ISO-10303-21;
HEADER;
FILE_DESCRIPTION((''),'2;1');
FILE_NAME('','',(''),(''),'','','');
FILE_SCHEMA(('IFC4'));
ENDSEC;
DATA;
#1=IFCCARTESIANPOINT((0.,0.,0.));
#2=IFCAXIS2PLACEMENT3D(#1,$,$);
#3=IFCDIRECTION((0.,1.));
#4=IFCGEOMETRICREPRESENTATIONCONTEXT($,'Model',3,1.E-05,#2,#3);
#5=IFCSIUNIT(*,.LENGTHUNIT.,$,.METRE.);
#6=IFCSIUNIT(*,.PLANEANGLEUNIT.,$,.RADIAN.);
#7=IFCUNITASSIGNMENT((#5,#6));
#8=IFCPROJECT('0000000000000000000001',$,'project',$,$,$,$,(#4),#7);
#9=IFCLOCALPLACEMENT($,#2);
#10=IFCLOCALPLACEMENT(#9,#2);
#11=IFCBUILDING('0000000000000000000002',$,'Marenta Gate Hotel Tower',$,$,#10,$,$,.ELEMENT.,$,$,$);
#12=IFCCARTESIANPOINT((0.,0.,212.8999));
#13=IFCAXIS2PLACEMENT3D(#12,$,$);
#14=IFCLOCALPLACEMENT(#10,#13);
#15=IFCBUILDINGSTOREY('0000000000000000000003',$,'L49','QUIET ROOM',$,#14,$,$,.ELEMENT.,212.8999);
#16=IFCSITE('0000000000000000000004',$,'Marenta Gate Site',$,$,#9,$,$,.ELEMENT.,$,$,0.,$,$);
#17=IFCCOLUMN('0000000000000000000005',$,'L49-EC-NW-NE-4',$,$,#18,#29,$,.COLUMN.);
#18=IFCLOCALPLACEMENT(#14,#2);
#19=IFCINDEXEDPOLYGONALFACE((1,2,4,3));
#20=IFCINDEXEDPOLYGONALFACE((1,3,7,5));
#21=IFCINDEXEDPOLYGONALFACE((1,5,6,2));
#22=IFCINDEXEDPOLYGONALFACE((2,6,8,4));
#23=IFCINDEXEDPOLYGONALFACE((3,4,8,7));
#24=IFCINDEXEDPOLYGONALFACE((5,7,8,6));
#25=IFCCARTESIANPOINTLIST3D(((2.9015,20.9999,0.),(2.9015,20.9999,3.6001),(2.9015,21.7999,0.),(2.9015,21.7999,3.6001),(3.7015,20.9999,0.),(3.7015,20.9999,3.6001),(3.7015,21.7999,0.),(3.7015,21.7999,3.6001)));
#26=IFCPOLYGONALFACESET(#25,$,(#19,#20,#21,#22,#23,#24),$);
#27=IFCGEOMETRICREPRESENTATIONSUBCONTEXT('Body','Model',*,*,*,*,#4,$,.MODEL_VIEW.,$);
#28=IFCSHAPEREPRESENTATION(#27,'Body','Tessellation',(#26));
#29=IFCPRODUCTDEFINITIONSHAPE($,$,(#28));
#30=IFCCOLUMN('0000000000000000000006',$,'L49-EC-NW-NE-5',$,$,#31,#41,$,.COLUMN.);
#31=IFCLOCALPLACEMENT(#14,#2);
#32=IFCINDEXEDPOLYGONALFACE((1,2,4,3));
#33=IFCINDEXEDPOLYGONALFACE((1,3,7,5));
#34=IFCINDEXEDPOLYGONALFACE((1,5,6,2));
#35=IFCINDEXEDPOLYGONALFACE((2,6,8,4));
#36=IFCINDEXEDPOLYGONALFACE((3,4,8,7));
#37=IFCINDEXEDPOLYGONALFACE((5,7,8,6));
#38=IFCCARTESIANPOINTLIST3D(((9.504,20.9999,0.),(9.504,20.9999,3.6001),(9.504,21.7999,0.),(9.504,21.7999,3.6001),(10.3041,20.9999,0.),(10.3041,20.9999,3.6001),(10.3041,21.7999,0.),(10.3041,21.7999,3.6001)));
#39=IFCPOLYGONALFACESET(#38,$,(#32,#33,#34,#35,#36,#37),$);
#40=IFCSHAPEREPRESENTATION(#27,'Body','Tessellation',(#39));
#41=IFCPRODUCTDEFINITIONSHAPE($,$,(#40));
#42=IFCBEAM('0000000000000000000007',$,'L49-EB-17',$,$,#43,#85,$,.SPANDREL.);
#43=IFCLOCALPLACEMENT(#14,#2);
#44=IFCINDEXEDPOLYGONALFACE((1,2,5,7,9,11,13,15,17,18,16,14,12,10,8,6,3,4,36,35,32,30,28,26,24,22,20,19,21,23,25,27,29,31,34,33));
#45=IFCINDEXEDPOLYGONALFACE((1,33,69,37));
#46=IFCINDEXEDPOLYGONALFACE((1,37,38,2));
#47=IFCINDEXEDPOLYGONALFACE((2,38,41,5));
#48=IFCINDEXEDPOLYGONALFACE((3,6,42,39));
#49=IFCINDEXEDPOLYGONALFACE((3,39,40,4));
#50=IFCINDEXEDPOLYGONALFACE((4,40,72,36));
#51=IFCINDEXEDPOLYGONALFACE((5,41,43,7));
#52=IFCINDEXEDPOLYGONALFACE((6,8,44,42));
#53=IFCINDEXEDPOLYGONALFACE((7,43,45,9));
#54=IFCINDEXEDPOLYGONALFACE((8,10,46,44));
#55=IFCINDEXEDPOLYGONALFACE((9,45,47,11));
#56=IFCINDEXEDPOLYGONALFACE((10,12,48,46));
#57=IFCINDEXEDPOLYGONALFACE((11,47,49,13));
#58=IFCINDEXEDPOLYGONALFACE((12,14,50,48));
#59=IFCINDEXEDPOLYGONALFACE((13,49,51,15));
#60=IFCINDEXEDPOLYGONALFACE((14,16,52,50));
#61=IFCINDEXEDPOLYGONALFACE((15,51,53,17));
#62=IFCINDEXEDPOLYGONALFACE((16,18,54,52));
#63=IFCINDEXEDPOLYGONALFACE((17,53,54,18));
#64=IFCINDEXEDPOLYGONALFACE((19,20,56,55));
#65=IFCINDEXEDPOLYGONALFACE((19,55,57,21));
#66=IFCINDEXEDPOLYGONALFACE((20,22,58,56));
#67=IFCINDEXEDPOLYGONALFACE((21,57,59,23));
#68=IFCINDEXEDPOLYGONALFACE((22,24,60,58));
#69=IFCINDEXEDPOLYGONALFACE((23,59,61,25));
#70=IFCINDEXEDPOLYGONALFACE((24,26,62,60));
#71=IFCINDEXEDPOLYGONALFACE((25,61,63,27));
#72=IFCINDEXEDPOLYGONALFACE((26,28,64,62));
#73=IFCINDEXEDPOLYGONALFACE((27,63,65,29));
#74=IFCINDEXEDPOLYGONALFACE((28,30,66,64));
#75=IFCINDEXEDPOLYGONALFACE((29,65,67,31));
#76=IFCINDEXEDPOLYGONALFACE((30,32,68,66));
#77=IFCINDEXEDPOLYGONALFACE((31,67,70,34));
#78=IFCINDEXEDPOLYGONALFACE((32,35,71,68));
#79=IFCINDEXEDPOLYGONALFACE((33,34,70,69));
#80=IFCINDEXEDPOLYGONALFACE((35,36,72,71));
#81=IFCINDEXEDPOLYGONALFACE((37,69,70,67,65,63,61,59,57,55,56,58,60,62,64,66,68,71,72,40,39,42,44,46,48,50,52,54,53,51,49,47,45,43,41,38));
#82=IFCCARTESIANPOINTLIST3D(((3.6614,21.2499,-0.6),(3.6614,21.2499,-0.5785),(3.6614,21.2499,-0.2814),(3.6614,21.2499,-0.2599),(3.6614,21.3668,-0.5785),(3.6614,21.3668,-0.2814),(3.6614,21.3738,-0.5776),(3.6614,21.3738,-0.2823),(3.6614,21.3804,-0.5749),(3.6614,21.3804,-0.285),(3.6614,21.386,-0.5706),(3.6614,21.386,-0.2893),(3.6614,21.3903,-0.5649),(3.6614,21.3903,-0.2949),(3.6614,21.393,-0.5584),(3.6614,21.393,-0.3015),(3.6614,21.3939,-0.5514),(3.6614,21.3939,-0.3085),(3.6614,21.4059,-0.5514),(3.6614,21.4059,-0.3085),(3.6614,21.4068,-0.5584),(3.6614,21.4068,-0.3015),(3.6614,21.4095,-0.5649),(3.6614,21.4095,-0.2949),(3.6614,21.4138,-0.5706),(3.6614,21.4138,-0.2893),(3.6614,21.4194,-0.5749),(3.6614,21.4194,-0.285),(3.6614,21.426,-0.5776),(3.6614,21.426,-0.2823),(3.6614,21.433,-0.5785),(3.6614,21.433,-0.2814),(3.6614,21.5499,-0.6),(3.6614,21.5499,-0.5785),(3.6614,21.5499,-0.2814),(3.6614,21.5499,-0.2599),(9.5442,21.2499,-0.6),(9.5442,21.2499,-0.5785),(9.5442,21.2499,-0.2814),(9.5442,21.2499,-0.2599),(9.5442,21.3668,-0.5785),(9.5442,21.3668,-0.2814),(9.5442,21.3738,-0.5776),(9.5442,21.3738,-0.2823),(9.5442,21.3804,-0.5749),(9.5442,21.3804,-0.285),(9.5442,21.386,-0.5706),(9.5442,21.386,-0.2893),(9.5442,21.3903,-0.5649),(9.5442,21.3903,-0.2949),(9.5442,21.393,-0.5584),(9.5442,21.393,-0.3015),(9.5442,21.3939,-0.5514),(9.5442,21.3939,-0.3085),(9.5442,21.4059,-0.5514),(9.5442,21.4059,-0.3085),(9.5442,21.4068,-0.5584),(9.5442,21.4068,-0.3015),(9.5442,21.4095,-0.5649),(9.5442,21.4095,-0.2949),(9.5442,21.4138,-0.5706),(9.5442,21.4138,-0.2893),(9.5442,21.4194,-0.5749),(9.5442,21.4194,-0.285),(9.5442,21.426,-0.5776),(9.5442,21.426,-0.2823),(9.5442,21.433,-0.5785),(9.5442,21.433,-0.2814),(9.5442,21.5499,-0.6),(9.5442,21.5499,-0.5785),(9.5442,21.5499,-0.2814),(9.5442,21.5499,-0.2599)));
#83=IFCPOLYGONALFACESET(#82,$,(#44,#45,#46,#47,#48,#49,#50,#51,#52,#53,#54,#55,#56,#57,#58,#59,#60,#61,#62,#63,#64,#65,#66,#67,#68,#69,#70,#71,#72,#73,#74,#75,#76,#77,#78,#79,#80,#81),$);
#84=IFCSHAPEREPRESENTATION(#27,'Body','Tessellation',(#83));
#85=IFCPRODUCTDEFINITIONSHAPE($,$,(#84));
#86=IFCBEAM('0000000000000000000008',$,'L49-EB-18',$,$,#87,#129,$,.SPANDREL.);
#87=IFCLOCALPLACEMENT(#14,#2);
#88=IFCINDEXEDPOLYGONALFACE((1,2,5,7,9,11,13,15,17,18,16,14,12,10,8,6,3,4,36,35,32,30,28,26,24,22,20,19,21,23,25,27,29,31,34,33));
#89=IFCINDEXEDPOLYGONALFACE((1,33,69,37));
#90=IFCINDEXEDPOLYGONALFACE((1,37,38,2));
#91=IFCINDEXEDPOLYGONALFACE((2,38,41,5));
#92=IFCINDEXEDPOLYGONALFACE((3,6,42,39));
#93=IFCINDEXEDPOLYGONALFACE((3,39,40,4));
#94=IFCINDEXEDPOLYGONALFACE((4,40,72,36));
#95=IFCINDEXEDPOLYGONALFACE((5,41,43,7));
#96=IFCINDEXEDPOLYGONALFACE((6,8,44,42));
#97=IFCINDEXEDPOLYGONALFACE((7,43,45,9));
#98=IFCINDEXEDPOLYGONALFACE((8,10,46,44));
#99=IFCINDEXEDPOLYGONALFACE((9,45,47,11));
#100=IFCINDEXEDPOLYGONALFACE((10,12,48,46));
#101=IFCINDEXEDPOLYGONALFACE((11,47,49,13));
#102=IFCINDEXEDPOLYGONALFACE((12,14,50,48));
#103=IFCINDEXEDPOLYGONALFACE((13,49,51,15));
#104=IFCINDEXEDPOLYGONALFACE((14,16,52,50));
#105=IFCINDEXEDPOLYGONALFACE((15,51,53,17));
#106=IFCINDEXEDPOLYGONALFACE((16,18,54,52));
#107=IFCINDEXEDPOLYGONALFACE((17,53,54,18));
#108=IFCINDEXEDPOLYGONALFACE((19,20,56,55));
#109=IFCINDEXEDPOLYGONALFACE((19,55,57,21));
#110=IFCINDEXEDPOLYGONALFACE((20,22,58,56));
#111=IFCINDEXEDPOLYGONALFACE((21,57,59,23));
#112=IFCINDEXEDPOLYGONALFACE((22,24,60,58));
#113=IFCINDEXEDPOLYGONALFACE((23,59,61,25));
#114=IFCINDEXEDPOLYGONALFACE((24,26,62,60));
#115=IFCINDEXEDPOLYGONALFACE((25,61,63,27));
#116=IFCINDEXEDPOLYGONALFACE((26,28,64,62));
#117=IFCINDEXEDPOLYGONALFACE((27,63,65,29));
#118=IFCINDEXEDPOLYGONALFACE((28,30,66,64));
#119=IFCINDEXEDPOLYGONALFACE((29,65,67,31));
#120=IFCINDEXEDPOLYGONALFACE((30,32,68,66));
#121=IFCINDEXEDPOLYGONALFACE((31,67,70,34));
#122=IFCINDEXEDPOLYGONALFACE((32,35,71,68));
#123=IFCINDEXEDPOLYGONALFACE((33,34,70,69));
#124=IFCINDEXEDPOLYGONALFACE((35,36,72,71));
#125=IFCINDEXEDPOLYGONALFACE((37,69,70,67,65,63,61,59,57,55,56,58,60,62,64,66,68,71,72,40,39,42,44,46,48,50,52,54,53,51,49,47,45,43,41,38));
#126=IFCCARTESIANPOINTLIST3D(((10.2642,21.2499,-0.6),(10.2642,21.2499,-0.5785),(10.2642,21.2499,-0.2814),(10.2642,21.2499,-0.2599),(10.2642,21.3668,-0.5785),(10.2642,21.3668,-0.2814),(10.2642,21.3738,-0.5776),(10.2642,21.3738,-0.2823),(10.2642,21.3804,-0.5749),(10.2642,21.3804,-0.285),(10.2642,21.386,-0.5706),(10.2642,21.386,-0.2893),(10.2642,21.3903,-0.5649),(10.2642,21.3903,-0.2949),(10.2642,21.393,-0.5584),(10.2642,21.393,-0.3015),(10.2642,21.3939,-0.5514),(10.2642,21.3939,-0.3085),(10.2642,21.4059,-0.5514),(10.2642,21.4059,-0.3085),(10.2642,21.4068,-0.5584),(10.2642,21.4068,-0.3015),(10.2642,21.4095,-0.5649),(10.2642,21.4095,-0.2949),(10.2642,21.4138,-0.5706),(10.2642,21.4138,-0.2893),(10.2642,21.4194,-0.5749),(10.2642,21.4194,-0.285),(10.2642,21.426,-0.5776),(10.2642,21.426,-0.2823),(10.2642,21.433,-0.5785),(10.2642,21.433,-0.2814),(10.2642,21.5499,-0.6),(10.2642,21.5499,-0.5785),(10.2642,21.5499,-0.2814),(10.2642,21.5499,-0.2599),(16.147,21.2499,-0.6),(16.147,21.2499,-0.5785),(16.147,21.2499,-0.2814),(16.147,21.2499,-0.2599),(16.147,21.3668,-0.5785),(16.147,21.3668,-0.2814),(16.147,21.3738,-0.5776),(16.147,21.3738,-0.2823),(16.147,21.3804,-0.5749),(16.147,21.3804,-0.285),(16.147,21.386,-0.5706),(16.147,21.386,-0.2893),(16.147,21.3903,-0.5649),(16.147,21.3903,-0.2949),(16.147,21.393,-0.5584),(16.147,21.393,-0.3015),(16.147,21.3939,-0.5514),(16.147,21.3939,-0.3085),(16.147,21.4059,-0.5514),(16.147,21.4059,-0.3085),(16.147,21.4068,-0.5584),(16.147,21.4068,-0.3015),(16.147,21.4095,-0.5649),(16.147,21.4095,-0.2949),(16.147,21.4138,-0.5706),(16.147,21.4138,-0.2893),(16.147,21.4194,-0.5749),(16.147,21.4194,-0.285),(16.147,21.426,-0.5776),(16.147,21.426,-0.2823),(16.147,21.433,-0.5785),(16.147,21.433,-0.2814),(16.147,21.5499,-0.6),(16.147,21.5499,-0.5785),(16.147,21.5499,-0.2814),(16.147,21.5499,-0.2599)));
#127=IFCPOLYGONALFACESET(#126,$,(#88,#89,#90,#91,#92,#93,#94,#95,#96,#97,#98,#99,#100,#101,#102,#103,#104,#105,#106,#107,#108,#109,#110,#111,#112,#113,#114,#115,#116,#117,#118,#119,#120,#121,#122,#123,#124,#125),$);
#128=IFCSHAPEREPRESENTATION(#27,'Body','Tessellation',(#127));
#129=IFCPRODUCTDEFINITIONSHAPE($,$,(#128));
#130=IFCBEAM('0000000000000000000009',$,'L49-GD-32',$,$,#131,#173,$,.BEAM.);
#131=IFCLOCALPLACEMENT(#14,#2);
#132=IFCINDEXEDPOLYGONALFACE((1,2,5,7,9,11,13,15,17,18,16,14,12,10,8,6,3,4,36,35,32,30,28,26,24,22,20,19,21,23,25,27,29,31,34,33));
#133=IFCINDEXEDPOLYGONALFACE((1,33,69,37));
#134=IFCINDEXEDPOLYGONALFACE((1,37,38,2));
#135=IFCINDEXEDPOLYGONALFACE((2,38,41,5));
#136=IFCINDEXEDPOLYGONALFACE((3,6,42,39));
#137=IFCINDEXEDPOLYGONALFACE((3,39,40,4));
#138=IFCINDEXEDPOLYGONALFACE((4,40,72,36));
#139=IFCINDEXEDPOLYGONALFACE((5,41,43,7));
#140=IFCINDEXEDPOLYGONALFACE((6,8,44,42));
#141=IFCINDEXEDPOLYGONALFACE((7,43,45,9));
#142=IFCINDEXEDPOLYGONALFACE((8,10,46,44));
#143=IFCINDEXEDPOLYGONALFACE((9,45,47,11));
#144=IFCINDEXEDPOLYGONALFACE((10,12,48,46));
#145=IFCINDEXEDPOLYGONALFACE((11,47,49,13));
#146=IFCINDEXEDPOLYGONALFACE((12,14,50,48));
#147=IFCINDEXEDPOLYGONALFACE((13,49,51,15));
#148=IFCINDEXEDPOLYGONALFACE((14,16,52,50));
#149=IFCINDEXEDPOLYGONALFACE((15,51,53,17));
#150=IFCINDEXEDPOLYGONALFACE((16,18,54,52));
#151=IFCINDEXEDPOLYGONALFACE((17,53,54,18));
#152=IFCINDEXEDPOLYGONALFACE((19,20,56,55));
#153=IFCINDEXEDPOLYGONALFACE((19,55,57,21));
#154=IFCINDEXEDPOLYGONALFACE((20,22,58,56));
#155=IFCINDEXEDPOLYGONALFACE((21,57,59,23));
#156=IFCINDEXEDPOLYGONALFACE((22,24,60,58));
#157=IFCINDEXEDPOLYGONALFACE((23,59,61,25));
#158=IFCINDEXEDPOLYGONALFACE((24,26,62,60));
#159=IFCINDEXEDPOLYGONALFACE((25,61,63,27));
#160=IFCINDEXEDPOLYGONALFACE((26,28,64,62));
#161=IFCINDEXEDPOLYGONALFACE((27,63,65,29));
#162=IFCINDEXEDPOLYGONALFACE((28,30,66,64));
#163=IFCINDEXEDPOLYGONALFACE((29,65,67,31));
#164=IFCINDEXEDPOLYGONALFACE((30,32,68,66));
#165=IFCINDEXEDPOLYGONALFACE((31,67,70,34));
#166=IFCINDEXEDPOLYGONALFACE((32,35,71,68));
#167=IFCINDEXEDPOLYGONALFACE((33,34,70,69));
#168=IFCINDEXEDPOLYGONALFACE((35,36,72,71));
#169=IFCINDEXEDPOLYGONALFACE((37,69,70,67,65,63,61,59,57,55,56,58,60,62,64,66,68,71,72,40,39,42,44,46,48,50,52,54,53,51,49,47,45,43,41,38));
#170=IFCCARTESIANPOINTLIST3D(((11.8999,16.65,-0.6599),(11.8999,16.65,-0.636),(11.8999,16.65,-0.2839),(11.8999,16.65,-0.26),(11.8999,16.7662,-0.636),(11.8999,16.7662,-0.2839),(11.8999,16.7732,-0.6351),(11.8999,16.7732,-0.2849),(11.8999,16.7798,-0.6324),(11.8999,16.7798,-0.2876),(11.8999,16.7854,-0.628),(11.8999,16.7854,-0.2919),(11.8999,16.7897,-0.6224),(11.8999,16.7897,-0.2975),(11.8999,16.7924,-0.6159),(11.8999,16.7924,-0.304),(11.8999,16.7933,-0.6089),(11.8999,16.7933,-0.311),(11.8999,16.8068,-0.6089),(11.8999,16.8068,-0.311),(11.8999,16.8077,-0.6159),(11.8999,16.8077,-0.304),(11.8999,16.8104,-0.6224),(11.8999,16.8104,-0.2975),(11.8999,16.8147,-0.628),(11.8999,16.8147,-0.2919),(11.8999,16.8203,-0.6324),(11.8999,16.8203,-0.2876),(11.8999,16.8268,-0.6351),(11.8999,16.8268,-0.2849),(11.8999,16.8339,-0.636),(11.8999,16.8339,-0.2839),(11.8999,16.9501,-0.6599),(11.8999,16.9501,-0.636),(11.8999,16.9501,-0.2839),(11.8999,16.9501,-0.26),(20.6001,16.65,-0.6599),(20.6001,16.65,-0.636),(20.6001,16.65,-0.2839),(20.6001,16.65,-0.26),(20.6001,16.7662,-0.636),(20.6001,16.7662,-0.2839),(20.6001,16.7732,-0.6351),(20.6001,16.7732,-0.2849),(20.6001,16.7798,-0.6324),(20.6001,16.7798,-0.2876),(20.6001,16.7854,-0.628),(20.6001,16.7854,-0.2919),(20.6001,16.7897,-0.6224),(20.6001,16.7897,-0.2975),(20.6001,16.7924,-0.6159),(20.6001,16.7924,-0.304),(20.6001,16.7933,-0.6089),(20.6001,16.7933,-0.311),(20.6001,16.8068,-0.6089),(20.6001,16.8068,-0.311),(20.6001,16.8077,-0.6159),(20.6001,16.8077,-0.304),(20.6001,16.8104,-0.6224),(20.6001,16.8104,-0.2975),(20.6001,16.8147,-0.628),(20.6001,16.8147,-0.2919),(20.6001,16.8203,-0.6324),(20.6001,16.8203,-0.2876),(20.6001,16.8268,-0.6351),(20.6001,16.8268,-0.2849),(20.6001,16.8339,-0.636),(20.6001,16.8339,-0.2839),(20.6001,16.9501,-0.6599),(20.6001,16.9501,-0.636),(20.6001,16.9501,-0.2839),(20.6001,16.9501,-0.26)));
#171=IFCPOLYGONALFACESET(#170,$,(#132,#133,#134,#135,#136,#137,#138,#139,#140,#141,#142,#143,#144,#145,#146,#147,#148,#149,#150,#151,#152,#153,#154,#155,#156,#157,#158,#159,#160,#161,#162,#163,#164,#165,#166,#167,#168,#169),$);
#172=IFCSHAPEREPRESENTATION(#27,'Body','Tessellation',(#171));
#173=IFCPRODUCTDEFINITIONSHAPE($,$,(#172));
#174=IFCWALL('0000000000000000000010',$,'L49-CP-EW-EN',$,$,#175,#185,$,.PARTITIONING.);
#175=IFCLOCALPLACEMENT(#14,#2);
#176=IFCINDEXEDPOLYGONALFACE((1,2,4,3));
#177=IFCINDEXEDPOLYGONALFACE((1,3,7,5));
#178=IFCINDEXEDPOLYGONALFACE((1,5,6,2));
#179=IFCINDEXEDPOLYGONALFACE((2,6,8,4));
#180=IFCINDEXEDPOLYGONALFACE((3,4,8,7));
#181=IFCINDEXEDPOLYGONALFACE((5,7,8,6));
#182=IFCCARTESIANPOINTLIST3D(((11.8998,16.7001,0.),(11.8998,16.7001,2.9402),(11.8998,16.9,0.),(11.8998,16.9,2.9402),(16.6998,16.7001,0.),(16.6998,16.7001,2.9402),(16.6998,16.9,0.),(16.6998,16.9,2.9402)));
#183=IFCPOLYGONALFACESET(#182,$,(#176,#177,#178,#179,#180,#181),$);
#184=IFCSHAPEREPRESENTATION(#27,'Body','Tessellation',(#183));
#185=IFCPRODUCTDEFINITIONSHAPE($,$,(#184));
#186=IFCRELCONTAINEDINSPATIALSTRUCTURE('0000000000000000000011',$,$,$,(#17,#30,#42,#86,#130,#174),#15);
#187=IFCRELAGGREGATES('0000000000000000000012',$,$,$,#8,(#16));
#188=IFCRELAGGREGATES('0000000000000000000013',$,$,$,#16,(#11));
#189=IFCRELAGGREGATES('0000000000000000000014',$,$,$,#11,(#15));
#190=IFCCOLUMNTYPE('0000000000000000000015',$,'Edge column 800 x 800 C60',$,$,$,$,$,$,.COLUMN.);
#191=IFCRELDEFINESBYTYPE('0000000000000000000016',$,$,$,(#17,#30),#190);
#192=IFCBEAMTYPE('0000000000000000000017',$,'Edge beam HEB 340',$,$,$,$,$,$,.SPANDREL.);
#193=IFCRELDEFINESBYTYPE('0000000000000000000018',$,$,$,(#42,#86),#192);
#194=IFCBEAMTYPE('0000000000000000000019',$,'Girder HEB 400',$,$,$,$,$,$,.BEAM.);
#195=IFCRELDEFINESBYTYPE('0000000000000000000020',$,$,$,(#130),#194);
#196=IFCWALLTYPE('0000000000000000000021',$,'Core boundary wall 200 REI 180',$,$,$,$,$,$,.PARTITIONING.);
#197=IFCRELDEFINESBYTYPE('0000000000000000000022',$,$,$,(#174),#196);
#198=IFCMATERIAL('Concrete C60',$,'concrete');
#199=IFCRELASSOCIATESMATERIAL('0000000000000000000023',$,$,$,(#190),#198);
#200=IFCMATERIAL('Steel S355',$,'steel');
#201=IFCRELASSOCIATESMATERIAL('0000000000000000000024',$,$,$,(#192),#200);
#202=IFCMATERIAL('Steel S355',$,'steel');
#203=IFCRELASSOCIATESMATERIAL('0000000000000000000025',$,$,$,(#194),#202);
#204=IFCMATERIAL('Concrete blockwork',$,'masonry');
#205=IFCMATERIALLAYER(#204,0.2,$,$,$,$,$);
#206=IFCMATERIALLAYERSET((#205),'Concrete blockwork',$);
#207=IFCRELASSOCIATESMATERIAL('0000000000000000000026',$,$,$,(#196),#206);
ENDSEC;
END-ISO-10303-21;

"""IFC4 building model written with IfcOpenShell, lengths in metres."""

from ifc_helpers import new_model, si_unit, direction, frame, frame_2d, origin, origin_2d, place, context, subcontext, project, spatial, rectangle, i_section, extrude, material, layer, layer_set, material_profile, profile_set, type_object, element, save


model = new_model("IFC4")

# Units and contexts
model_context = context("Model", 3, precision=1e-05, world=origin(), true_north=direction((0.0, 1.0)))
body_context = subcontext(model_context, "Body", "Model", "MODEL_VIEW")
ifc_project = project(units=[si_unit("LENGTHUNIT", "METRE"), si_unit("PLANEANGLEUNIT", "RADIAN")], contexts=[model_context])

# Site, building, storey
site_placement = place(None, origin())
site = spatial("IfcSite", under=ifc_project, at=site_placement, Name="Marenta Gate Site", CompositionType="ELEMENT", RefElevation=0.0)
building_placement = place(site_placement, origin())
building = spatial("IfcBuilding", under=site, at=building_placement, Name="Marenta Gate Hotel Tower", CompositionType="ELEMENT")
storey_placement = place(building_placement, frame((0.0, 0.0, 212.8999)))
storey = spatial("IfcBuildingStorey", under=building, at=storey_placement, Name="L49", Description="QUIET ROOM", CompositionType="ELEMENT", Elevation=212.8999)

# Columns
ifc_material_1 = material(Name="Concrete C60", Category="concrete")
ifc_material_profile_1 = material_profile(ifc_material_1, rectangle(XDim=0.8, YDim=0.8, at=origin_2d()), Name="800 x 800")
ifc_profile_set_1 = profile_set([ifc_material_profile_1], Name="Concrete C60")
column_type = type_object("IfcColumnType", Name="Edge column 800 x 800 C60", PredefinedType="COLUMN", material=ifc_profile_set_1)
for number, where, z_axis, x_axis, name in (
    (1, (3.3015, 21.3999, 0.0), (0.0, 0.0, 1.0), (1.0, 0.0, 0.0), "L49-EC-NW-NE-4"),
    (2, (9.9041, 21.3999, 0.0), (0.0, 0.0, 1.0), (1.0, 0.0, 0.0), "L49-EC-NW-NE-5"),
):
    element("IfcColumn", number, at=place(storey_placement, frame(where, z_axis=z_axis, x_axis=x_axis)), inside=storey, type_object=column_type, Name=name, PredefinedType="COLUMN", context=body_context, shape_type="SweptSolid", body=[
        extrude(rectangle(XDim=0.8, YDim=0.8, at=origin_2d()), origin(), (0.0, 0.0, 1.0), 3.6001),
    ])

# Beams
ifc_material_2 = material(Name="Steel S355", Category="steel")
ifc_material_profile_2 = material_profile(ifc_material_2, i_section(OverallWidth=0.3, OverallDepth=0.3401, WebThickness=0.012, FlangeThickness=0.0215, FilletRadius=0.0271, at=origin_2d()), Name="HEB 340")
ifc_profile_set_2 = profile_set([ifc_material_profile_2], Name="Steel S355")
beam_type_1 = type_object("IfcBeamType", Name="Edge beam HEB 340", PredefinedType="SPANDREL", material=ifc_profile_set_2)
for number, where, z_axis, x_axis, name in (
    (3, (3.6614, 21.3999, -0.4299), (1.0, 0.0, 0.0), (0.0, 1.0, 0.0), "L49-EB-17"),
    (4, (10.2642, 21.3999, -0.4299), (1.0, 0.0, 0.0), (0.0, 1.0, 0.0), "L49-EB-18"),
):
    element("IfcBeam", number, at=place(storey_placement, frame(where, z_axis=z_axis, x_axis=x_axis)), inside=storey, type_object=beam_type_1, Name=name, PredefinedType="SPANDREL", context=body_context, shape_type="SweptSolid", body=[
        extrude(i_section(OverallWidth=0.3, OverallDepth=0.3401, WebThickness=0.012, FlangeThickness=0.0215, FilletRadius=0.0271, at=origin_2d()), origin(), (0.0, 0.0, 1.0), 5.8828),
    ])
ifc_material_3 = material(Name="Steel S355", Category="steel")
ifc_material_profile_3 = material_profile(ifc_material_3, i_section(OverallWidth=0.3, OverallDepth=0.3999, WebThickness=0.0134, FlangeThickness=0.0239, FilletRadius=0.0271, at=origin_2d()), Name="HEB 400")
ifc_profile_set_3 = profile_set([ifc_material_profile_3], Name="Steel S355")
beam_type_2 = type_object("IfcBeamType", Name="Girder HEB 400", PredefinedType="BEAM", material=ifc_profile_set_3)
beam_placement = place(storey_placement, frame((11.8999, 16.8, -0.46), z_axis=(1.0, 0.0, 0.0), x_axis=(0.0, 1.0, 0.0)))
element("IfcBeam", 5, at=beam_placement, inside=storey, type_object=beam_type_2, Name="L49-GD-32", PredefinedType="BEAM", context=body_context, shape_type="SweptSolid", body=[
    extrude(i_section(OverallWidth=0.3, OverallDepth=0.3999, WebThickness=0.0134, FlangeThickness=0.0239, FilletRadius=0.0271, at=origin_2d()), origin(), (0.0, 0.0, 1.0), 8.7002),
])

# Wall
ifc_material_4 = material(Name="Concrete blockwork", Category="masonry")
ifc_layer_1 = layer(ifc_material_4, 0.2)
ifc_layer_set_1 = layer_set([ifc_layer_1], Name="Concrete blockwork")
wall_type_1 = type_object("IfcWallType", Name="Core boundary wall 200 REI 180", PredefinedType="PARTITIONING", material=ifc_layer_set_1)
wall_1_placement = place(storey_placement, frame((11.8999, 16.8, 0.0), z_axis=(0.0, 0.0, 1.0), x_axis=(1.0, 0.0, 0.0)))
element("IfcWall", 6, at=wall_1_placement, inside=storey, type_object=wall_type_1, Name="L49-CP-EW-EN", PredefinedType="PARTITIONING", context=body_context, shape_type="SweptSolid", body=[
    extrude(rectangle(XDim=4.8, YDim=0.2, at=frame_2d((2.3999, 0.0))), origin(), (0.0, 0.0, 1.0), 2.9402),
])

save(model, "model.ifc")
